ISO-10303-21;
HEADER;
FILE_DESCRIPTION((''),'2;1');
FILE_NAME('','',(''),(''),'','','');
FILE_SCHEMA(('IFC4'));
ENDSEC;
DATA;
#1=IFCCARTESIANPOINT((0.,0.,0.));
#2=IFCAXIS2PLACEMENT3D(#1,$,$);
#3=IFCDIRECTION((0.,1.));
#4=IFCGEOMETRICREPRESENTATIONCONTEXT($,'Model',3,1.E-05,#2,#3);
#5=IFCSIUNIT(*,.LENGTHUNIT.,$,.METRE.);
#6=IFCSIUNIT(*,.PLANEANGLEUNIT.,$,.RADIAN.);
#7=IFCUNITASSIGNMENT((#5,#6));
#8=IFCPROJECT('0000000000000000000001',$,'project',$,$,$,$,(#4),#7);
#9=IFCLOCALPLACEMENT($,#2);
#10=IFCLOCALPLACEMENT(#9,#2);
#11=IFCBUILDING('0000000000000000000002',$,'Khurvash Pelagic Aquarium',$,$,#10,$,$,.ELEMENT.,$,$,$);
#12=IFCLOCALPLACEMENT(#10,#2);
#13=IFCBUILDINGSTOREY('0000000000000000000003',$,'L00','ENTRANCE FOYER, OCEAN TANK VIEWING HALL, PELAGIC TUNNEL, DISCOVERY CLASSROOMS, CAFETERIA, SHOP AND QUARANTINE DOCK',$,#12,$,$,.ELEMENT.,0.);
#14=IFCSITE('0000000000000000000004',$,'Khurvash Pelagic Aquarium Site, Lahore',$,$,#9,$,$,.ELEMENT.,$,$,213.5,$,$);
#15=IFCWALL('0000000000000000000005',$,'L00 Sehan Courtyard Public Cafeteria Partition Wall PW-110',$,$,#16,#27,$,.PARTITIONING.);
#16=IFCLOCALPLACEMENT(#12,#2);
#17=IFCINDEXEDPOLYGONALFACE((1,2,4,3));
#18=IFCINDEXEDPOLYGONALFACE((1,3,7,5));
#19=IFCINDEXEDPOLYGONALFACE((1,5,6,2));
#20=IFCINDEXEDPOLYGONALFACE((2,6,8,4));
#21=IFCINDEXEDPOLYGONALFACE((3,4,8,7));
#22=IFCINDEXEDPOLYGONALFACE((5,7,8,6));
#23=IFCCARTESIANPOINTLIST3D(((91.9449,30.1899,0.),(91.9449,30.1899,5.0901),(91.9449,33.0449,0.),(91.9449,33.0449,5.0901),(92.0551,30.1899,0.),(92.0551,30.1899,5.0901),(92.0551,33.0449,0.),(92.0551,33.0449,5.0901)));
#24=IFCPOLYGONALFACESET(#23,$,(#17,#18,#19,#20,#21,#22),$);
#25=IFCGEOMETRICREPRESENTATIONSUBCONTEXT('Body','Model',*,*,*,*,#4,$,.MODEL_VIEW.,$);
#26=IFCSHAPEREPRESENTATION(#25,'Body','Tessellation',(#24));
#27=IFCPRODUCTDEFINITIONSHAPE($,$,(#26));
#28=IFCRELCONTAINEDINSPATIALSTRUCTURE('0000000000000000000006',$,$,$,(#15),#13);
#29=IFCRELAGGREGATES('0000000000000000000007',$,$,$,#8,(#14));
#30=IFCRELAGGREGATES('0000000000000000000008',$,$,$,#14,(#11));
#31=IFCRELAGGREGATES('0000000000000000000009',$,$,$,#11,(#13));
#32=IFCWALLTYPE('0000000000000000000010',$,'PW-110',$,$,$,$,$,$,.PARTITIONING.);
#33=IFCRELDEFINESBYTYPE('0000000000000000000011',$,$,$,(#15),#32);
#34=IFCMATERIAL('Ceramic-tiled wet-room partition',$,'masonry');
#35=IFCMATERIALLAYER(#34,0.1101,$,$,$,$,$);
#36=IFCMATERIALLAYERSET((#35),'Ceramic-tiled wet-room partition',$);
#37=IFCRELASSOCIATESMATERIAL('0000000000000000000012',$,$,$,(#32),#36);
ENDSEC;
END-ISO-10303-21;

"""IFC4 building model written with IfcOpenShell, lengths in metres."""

from ifc_helpers import new_model, si_unit, direction, frame, frame_2d, origin, place, context, subcontext, project, spatial, rectangle, extrude, material, layer, layer_set, type_object, element, save


model = new_model("IFC4")

# Units and contexts
model_context = context("Model", 3, precision=1e-05, world=origin(), true_north=direction((0.0, 1.0)))
body_context = subcontext(model_context, "Body", "Model", "MODEL_VIEW")
ifc_project = project(units=[si_unit("LENGTHUNIT", "METRE"), si_unit("PLANEANGLEUNIT", "RADIAN")], contexts=[model_context])

# Site, building, storey
site_placement = place(None, origin())
site = spatial("IfcSite", under=ifc_project, at=site_placement, Name="Khurvash Pelagic Aquarium Site, Lahore", CompositionType="ELEMENT", RefElevation=213.5)
building_placement = place(site_placement, origin())
building = spatial("IfcBuilding", under=site, at=building_placement, Name="Khurvash Pelagic Aquarium", CompositionType="ELEMENT")
storey_placement = place(building_placement, origin())
storey = spatial("IfcBuildingStorey", under=building, at=storey_placement, Name="L00", Description="ENTRANCE FOYER, OCEAN TANK VIEWING HALL, PELAGIC TUNNEL, DISCOVERY CLASSROOMS, CAFETERIA, SHOP AND QUARANTINE DOCK", CompositionType="ELEMENT", Elevation=0.0)

# Wall
ifc_material_1 = material(Name="Ceramic-tiled wet-room partition", Category="masonry")
ifc_layer_1 = layer(ifc_material_1, 0.1101)
ifc_layer_set_1 = layer_set([ifc_layer_1], Name="Ceramic-tiled wet-room partition")
wall_type_1 = type_object("IfcWallType", Name="PW-110", PredefinedType="PARTITIONING", material=ifc_layer_set_1)
wall_1_placement = place(storey_placement, frame((92.0, 30.1899, 0.0), z_axis=(0.0, 0.0, 1.0), x_axis=(0.0, 1.0, 0.0)))
element("IfcWall", 1, at=wall_1_placement, inside=storey, type_object=wall_type_1, Name="L00 Sehan Courtyard Public Cafeteria Partition Wall PW-110", PredefinedType="PARTITIONING", context=body_context, shape_type="SweptSolid", body=[
    extrude(rectangle(XDim=2.855, YDim=0.1101, at=frame_2d((1.4275, 0.0))), origin(), (0.0, 0.0, 1.0), 5.0901),
])

save(model, "model.ifc")
